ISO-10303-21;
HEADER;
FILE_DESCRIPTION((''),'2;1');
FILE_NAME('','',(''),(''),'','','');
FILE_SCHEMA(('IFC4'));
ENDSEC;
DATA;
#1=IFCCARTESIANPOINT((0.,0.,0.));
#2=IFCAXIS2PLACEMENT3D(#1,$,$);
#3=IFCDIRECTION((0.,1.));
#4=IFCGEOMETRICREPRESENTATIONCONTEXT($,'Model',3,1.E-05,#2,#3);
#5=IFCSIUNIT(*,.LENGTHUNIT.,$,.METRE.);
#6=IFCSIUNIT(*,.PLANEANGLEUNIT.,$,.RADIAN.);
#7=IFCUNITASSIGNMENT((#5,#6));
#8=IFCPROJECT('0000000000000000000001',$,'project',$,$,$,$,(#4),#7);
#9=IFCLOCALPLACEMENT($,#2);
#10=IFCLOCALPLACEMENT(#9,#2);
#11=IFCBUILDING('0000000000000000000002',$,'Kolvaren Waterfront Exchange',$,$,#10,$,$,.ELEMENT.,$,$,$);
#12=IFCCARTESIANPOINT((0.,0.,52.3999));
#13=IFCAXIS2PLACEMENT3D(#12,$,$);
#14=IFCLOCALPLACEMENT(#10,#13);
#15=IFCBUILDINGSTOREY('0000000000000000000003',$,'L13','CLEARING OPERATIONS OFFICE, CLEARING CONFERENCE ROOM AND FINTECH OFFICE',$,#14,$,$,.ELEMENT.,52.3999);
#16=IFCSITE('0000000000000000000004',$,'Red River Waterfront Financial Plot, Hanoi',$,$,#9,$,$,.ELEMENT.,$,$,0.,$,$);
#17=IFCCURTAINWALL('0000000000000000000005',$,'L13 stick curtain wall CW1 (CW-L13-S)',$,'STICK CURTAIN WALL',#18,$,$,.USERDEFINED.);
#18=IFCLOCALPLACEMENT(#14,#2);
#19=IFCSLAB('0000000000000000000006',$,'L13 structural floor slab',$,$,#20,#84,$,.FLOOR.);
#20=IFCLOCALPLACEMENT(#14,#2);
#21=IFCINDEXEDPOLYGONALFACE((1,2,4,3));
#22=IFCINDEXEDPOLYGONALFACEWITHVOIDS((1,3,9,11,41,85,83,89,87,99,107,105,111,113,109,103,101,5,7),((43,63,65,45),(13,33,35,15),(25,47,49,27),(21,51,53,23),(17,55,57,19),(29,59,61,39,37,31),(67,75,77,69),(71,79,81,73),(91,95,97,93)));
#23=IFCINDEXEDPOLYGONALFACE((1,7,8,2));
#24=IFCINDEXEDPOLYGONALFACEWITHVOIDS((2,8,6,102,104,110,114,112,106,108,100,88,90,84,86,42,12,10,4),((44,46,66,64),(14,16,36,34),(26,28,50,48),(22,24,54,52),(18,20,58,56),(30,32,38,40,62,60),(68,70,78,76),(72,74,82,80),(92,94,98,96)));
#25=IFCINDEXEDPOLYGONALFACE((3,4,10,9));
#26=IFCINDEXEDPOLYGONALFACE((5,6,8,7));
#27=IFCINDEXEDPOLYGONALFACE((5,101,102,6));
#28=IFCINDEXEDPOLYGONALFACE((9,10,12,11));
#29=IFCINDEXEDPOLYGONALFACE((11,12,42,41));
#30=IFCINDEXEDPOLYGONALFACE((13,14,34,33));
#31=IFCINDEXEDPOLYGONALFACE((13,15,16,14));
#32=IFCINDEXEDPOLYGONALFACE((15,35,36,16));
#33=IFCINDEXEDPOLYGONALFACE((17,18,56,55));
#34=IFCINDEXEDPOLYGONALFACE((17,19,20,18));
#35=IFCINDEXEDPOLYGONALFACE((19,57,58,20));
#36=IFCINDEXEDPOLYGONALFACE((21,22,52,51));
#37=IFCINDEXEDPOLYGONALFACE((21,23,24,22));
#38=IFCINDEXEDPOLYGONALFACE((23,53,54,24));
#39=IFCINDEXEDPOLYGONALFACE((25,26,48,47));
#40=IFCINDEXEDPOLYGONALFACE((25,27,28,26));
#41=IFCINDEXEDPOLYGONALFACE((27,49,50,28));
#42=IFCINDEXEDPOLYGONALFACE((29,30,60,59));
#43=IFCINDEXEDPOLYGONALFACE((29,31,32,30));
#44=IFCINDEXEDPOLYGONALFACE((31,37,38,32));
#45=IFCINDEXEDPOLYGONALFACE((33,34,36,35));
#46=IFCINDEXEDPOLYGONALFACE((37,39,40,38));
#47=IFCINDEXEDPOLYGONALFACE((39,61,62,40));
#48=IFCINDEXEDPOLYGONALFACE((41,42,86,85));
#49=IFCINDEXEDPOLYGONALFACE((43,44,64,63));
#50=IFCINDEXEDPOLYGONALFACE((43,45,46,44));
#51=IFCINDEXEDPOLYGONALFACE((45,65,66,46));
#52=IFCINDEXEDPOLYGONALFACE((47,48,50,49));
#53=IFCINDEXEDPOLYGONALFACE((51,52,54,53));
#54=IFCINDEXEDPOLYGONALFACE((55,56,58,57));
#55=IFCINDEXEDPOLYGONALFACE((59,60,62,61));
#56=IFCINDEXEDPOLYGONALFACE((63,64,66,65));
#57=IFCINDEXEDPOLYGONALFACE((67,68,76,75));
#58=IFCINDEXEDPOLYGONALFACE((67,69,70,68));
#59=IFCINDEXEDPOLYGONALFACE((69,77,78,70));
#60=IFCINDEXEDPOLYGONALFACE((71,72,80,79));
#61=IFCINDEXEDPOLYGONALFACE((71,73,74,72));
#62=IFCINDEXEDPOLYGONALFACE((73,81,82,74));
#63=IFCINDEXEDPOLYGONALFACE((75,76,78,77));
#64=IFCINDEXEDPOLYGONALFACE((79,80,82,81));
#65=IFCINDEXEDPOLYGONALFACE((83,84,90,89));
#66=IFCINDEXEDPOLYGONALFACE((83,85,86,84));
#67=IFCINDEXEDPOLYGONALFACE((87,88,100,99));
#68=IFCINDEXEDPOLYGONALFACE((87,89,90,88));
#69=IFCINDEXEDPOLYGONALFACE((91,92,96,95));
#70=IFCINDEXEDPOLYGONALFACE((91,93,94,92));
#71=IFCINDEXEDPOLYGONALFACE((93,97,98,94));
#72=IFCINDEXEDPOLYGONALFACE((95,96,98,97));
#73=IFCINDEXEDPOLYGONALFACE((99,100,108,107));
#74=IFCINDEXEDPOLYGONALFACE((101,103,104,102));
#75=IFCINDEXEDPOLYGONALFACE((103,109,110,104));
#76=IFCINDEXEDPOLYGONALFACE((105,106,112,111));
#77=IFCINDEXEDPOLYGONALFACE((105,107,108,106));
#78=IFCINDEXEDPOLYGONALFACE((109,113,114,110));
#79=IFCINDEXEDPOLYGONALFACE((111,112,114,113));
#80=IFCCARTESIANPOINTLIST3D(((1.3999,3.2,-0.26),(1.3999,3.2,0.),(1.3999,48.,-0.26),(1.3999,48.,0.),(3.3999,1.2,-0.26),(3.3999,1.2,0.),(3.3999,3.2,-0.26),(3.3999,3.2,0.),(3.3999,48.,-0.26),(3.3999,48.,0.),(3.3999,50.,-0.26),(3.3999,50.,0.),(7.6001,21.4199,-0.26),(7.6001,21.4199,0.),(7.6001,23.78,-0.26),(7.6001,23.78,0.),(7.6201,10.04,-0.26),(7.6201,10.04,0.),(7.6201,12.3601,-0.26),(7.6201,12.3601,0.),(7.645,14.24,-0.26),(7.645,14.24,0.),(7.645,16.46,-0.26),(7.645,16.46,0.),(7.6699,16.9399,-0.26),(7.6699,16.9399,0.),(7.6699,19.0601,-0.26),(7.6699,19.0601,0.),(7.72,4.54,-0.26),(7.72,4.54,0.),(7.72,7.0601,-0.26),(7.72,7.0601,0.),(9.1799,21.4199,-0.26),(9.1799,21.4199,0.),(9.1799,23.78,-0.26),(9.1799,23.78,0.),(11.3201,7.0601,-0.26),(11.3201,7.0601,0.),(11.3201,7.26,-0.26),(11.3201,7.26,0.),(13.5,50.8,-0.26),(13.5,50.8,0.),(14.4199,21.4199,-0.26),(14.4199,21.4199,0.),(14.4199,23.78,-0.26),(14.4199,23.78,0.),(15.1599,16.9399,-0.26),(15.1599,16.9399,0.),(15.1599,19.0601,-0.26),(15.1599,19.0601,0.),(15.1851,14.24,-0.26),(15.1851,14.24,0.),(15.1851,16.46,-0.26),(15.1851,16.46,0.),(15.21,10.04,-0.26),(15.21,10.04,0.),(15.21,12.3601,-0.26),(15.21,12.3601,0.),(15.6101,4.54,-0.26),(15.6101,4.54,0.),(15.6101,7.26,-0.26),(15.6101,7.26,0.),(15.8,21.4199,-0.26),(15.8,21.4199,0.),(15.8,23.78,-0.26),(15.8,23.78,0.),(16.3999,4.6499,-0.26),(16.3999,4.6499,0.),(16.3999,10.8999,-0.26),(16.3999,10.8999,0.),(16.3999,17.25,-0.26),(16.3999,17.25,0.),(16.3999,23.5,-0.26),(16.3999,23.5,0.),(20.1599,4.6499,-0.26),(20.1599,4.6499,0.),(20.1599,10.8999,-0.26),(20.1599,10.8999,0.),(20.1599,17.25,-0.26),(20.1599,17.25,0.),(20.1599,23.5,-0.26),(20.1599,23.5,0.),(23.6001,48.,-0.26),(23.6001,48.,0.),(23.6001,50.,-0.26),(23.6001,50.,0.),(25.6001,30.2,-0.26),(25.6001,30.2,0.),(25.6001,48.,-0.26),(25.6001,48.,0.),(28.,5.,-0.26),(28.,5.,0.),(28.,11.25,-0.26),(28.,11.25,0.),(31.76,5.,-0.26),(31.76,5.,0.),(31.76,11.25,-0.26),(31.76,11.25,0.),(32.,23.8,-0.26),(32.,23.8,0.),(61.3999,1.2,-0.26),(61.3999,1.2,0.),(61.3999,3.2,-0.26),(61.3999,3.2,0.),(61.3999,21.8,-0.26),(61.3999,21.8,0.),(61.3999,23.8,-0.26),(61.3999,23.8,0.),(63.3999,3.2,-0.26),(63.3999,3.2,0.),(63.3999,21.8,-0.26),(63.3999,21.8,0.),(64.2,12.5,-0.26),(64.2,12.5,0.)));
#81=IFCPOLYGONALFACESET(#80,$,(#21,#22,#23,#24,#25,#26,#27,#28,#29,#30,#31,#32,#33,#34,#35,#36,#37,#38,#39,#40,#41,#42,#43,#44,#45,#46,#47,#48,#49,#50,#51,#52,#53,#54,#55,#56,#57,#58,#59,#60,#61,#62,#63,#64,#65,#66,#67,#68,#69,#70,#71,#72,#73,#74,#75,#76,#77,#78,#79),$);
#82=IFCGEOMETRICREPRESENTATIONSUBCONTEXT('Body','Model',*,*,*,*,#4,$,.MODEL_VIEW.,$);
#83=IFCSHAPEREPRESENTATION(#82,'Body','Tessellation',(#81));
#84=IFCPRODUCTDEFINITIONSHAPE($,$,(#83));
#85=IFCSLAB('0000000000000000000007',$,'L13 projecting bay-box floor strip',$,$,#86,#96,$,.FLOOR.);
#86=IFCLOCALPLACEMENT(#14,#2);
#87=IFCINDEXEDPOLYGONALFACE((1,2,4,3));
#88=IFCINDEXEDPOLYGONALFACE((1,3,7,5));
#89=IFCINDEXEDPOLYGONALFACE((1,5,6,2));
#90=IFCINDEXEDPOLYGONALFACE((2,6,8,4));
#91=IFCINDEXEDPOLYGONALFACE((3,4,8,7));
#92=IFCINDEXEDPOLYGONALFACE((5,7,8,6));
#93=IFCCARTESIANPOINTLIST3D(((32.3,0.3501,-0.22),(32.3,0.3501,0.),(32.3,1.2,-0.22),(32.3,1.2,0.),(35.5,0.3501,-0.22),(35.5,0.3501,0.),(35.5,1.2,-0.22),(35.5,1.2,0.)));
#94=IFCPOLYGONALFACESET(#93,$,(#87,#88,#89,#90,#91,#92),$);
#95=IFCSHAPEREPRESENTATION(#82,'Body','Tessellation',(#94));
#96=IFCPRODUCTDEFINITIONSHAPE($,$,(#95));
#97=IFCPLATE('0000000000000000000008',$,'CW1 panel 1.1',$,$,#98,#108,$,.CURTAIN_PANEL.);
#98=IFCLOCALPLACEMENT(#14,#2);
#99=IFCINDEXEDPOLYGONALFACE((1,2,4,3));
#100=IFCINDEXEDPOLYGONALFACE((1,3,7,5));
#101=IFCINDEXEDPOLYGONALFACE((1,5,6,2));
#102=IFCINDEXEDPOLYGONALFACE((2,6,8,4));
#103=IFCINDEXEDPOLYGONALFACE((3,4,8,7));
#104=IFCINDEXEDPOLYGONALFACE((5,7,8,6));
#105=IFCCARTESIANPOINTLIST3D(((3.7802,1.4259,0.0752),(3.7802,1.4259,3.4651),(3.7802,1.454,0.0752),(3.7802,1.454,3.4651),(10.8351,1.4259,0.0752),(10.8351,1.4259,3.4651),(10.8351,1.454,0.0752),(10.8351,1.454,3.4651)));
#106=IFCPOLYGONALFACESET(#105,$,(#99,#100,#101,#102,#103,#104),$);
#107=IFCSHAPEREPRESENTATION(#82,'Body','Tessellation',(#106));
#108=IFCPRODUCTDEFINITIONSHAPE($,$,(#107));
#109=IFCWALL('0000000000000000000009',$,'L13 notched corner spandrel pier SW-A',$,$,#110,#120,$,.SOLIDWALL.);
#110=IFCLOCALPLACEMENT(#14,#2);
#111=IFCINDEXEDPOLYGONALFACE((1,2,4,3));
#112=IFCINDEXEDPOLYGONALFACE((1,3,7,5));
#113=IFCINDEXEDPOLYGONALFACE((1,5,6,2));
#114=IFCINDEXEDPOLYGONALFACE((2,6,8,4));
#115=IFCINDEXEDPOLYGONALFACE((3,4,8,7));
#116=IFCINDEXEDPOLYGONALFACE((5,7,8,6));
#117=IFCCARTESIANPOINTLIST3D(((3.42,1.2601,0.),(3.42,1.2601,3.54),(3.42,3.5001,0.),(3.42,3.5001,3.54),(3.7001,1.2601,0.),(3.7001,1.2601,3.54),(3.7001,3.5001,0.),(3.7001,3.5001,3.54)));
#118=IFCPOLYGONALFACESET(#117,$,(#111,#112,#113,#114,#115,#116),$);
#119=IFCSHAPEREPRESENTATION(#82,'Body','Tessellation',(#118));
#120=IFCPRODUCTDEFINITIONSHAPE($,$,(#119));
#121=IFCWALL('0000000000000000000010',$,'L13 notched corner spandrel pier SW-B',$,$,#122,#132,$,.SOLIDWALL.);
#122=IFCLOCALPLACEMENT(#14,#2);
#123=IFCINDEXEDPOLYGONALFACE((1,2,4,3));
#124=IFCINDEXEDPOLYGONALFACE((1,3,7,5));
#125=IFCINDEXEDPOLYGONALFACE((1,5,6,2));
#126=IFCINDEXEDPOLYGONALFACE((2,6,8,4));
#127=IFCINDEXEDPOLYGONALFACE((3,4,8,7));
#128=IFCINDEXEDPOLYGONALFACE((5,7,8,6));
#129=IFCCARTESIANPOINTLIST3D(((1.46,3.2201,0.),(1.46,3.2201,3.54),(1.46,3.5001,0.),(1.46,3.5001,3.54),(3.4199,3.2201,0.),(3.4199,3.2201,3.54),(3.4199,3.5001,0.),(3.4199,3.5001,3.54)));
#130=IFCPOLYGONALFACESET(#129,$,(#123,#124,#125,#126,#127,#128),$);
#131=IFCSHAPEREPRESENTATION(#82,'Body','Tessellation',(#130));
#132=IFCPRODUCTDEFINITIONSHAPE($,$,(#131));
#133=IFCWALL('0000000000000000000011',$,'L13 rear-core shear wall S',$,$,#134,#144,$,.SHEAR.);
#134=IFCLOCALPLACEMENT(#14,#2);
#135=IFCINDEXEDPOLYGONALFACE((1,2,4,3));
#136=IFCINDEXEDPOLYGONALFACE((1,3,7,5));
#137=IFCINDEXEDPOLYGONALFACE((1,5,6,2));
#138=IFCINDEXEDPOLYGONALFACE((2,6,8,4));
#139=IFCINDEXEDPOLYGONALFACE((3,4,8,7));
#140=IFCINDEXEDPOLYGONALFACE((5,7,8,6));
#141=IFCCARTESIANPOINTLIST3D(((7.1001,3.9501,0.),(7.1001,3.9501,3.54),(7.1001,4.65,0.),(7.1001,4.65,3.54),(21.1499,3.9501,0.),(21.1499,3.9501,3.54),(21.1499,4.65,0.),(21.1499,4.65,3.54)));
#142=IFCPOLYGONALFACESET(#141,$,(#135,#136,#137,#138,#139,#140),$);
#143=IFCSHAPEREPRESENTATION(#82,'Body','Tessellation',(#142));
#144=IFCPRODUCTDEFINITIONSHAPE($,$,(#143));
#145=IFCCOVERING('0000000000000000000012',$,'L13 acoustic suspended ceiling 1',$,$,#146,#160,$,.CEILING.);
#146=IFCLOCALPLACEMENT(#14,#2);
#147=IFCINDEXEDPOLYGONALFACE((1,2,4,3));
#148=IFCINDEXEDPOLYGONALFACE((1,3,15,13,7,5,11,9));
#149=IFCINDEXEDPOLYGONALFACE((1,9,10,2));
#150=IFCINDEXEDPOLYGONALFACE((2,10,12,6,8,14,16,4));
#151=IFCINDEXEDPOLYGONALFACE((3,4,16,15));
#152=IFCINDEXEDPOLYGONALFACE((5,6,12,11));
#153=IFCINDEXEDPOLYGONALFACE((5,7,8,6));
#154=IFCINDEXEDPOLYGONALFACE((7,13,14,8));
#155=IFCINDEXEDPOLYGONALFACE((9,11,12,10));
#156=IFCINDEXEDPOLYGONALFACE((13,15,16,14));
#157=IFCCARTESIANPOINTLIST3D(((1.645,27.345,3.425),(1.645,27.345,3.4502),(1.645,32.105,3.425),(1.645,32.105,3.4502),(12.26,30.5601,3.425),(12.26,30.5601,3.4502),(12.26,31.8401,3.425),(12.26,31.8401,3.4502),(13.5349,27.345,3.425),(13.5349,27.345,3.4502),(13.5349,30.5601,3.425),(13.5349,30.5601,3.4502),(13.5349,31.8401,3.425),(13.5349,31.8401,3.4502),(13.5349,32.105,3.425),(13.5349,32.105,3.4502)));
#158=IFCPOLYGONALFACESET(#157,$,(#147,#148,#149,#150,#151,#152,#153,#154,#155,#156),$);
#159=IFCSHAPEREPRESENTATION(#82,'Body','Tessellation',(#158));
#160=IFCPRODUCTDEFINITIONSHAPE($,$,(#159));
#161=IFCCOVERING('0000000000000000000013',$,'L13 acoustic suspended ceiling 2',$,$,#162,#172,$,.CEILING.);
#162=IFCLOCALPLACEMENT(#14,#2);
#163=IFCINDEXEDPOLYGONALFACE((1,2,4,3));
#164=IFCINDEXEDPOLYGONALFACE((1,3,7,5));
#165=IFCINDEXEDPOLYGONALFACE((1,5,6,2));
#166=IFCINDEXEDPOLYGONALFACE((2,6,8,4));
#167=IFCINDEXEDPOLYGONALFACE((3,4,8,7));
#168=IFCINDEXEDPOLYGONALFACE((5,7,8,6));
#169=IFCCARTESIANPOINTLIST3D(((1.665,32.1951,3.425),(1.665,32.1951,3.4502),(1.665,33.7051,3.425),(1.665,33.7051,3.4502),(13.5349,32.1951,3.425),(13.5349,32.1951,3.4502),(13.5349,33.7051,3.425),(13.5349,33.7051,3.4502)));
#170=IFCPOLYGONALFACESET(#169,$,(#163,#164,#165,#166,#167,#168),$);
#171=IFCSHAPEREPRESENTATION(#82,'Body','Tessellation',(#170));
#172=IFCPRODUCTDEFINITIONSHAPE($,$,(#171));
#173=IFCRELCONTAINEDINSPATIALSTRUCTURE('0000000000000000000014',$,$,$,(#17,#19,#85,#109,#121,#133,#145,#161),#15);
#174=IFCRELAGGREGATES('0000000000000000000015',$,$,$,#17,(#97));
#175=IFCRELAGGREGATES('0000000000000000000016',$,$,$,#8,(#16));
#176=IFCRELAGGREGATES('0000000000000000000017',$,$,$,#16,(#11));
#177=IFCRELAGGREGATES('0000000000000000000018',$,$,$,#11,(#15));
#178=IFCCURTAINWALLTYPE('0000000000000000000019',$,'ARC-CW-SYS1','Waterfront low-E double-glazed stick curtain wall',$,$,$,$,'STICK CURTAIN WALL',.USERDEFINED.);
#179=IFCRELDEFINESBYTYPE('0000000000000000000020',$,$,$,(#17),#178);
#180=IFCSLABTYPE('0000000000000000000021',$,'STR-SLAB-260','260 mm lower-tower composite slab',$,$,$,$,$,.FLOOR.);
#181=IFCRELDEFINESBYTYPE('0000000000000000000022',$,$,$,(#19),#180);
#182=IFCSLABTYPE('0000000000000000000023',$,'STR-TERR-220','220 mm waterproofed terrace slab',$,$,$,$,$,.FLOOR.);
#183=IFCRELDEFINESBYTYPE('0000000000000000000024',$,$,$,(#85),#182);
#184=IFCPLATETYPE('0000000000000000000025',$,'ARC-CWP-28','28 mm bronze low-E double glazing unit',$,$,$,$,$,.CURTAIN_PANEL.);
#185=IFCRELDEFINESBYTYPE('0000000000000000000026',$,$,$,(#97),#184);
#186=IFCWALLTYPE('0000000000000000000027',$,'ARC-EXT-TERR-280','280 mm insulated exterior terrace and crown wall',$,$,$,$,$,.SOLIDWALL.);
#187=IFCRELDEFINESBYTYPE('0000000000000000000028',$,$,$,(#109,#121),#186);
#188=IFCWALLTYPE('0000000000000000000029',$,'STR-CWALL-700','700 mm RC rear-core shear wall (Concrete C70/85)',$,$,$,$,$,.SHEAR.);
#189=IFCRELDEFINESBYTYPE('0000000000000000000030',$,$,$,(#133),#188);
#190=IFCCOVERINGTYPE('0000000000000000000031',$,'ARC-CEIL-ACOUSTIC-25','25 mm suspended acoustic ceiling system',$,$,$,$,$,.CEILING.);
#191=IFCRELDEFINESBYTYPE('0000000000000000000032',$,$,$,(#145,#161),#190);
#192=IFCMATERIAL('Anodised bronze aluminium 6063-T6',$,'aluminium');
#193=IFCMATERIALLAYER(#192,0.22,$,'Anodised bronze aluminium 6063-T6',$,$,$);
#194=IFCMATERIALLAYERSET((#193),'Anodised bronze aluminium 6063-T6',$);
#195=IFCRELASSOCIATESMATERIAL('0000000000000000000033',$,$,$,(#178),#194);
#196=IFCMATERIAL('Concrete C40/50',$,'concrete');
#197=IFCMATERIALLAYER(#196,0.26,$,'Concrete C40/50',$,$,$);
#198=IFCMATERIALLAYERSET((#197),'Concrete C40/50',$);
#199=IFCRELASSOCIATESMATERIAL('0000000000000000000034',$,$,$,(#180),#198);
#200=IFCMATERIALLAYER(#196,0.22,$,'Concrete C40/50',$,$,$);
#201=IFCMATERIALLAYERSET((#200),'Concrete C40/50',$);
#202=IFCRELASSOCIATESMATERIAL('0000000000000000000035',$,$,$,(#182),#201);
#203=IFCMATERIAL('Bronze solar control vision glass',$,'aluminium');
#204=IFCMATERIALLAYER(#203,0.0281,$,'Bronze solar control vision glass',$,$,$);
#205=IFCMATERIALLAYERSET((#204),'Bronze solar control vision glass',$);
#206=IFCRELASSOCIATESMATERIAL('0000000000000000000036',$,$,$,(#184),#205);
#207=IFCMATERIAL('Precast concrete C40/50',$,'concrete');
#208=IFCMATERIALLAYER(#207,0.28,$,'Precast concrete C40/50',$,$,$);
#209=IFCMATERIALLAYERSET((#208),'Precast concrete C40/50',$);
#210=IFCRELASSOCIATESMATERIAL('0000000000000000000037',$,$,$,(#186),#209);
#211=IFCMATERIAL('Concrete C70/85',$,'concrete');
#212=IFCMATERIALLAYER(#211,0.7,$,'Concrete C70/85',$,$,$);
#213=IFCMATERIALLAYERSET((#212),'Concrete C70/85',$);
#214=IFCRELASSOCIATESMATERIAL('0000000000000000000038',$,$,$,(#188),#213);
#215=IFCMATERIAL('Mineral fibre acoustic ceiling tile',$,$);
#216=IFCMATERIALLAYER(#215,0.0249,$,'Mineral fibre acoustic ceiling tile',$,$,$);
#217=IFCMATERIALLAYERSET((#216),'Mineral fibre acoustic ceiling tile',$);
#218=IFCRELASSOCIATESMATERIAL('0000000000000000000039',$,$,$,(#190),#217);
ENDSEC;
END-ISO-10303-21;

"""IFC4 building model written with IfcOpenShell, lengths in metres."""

from ifc_helpers import new_model, si_unit, direction, frame, frame_2d, origin, origin_with_axes, origin_2d, place, context, subcontext, project, spatial, polyline, rectangle, outline, extrude, source, transform, mapped, material, layer, layer_set, type_object, element, aggregate, save


model = new_model("IFC4")

# Units and contexts
model_context = context("Model", 3, precision=1e-05, world=origin(), true_north=direction((0.0, 1.0)))
body_context = subcontext(model_context, "Body", "Model", "MODEL_VIEW")
ifc_project = project(units=[si_unit("LENGTHUNIT", "METRE"), si_unit("PLANEANGLEUNIT", "RADIAN")], contexts=[model_context])

# Site, building, storey
site_placement = place(None, origin())
site = spatial("IfcSite", under=ifc_project, at=site_placement, Name="Red River Waterfront Financial Plot, Hanoi", CompositionType="ELEMENT", RefElevation=0.0)
building_placement = place(site_placement, origin())
building = spatial("IfcBuilding", under=site, at=building_placement, Name="Kolvaren Waterfront Exchange", CompositionType="ELEMENT")
storey_placement = place(building_placement, frame((0.0, 0.0, 52.3999)))
storey = spatial("IfcBuildingStorey", under=building, at=storey_placement, Name="L13", Description="CLEARING OPERATIONS OFFICE, CLEARING CONFERENCE ROOM AND FINTECH OFFICE", CompositionType="ELEMENT", Elevation=52.3999)

# Curtain wall
ifc_material_1 = material(Name="Anodised bronze aluminium 6063-T6", Category="aluminium")
ifc_layer_1 = layer(ifc_material_1, 0.22, Name="Anodised bronze aluminium 6063-T6")
ifc_layer_set_1 = layer_set([ifc_layer_1], Name="Anodised bronze aluminium 6063-T6")
curtain_wall_type_1 = type_object("IfcCurtainWallType", Name="ARC-CW-SYS1", Description="Waterfront low-E double-glazed stick curtain wall", ElementType="STICK CURTAIN WALL", PredefinedType="USERDEFINED", material=ifc_layer_set_1)
curtain_wall_1_placement = place(storey_placement, origin())
curtain_wall_1 = element("IfcCurtainWall", 1, at=curtain_wall_1_placement, inside=storey, type_object=curtain_wall_type_1, Name="L13 stick curtain wall CW1 (CW-L13-S)", ObjectType="STICK CURTAIN WALL", PredefinedType="USERDEFINED")

# Shared definitions
ifc_material_2 = material(Name="Concrete C40/50", Category="concrete")

# Slabs
ifc_layer_2 = layer(ifc_material_2, 0.26, Name="Concrete C40/50")
ifc_layer_set_2 = layer_set([ifc_layer_2], Name="Concrete C40/50")
slab_type_1 = type_object("IfcSlabType", Name="STR-SLAB-260", Description="260 mm lower-tower composite slab", PredefinedType="FLOOR", material=ifc_layer_set_2)
slab_1_placement = place(storey_placement, frame((0.0, 0.0, -0.26)))
element("IfcSlab", 2, at=slab_1_placement, inside=storey, type_object=slab_type_1, Name="L13 structural floor slab", PredefinedType="FLOOR", context=body_context, shape_type="SweptSolid", body=[
    extrude(outline(polyline([(3.3999, 1.2), (61.3999, 1.2), (61.3999, 3.2), (63.3999, 3.2), (64.2, 12.5), (63.3999, 21.8), (61.3999, 21.8), (61.3999, 23.8), (32.0, 23.8), (25.6001, 30.2), (25.6001, 48.0), (23.6001, 48.0), (23.6001, 50.0), (13.5, 50.8), (3.3999, 50.0), (3.3999, 48.0), (1.3999, 48.0), (1.3999, 3.2), (3.3999, 3.2), (3.3999, 1.2)]), holes=[polyline([(11.3201, 7.26), (15.6101, 7.26), (15.6101, 4.54), (7.72, 4.54), (7.72, 7.0601), (11.3201, 7.0601), (11.3201, 7.26)]), polyline([(20.1599, 4.6499), (16.3999, 4.6499), (16.3999, 10.8999), (20.1599, 10.8999), (20.1599, 4.6499)]), polyline([(31.76, 5.0), (28.0, 5.0), (28.0, 11.25), (31.76, 11.25), (31.76, 5.0)]), polyline([(15.21, 10.04), (7.6201, 10.04), (7.6201, 12.3601), (15.21, 12.3601), (15.21, 10.04)]), polyline([(7.645, 16.46), (15.1851, 16.46), (15.1851, 14.24), (7.645, 14.24), (7.645, 16.46)]), polyline([(15.1599, 16.9399), (7.6699, 16.9399), (7.6699, 19.0601), (15.1599, 19.0601), (15.1599, 16.9399)]), polyline([(16.3999, 23.5), (20.1599, 23.5), (20.1599, 17.25), (16.3999, 17.25), (16.3999, 23.5)]), polyline([(7.6001, 23.78), (9.1799, 23.78), (9.1799, 21.4199), (7.6001, 21.4199), (7.6001, 23.78)]), polyline([(15.8, 23.78), (15.8, 21.4199), (14.4199, 21.4199), (14.4199, 23.78), (15.8, 23.78)])]), origin(), (0.0, 0.0, 1.0), 0.26),
])
ifc_layer_3 = layer(ifc_material_2, 0.22, Name="Concrete C40/50")
ifc_layer_set_3 = layer_set([ifc_layer_3], Name="Concrete C40/50")
slab_type_2 = type_object("IfcSlabType", Name="STR-TERR-220", Description="220 mm waterproofed terrace slab", PredefinedType="FLOOR", material=ifc_layer_set_3)
slab_2_placement = place(storey_placement, frame((0.0, 0.0, -0.22)))
element("IfcSlab", 3, at=slab_2_placement, inside=storey, type_object=slab_type_2, Name="L13 projecting bay-box floor strip", PredefinedType="FLOOR", context=body_context, shape_type="SweptSolid", body=[
    extrude(outline(polyline([(32.3, 0.3501), (35.5, 0.3501), (35.5, 1.2), (32.3, 1.2), (32.3, 0.3501)])), origin(), (0.0, 0.0, 1.0), 0.22),
])

# Plate
ifc_material_3 = material(Name="Bronze solar control vision glass", Category="aluminium")
ifc_layer_4 = layer(ifc_material_3, 0.0281, Name="Bronze solar control vision glass")
ifc_layer_set_4 = layer_set([ifc_layer_4], Name="Bronze solar control vision glass")
plate_type = type_object("IfcPlateType", Name="ARC-CWP-28", Description="28 mm bronze low-E double glazing unit", PredefinedType="CURTAIN_PANEL", material=ifc_layer_set_4)
shared_shape_1 = source(origin_with_axes(), body_context, "Body", "SweptSolid", [
    extrude(rectangle(XDim=7.0549, YDim=0.0281, at=origin_2d()), origin(), (0.0, 0.0, 1.0), 3.3899),
])
plate_placement = place(storey_placement, frame((7.3076, 1.4399, 0.0752), z_axis=(0.0, 0.0, 1.0), x_axis=(1.0, 0.0, 0.0)))
plate = element("IfcPlate", 4, at=plate_placement, type_object=plate_type, Name="CW1 panel 1.1", PredefinedType="CURTAIN_PANEL", context=body_context, shape_type="MappedRepresentation", body=[
    mapped(shared_shape_1, transform((0.0, 0.0, 0.0), x_axis=(1.0, 0.0, 0.0), y_axis=(0.0, 1.0, 0.0), z_axis=(0.0, 0.0, 1.0), scale=1.0)),
])
aggregate(curtain_wall_1, [plate])

# Walls
ifc_material_4 = material(Name="Precast concrete C40/50", Category="concrete")
ifc_layer_5 = layer(ifc_material_4, 0.28, Name="Precast concrete C40/50")
ifc_layer_set_5 = layer_set([ifc_layer_5], Name="Precast concrete C40/50")
wall_type_1 = type_object("IfcWallType", Name="ARC-EXT-TERR-280", Description="280 mm insulated exterior terrace and crown wall", PredefinedType="SOLIDWALL", material=ifc_layer_set_5)
wall_1_placement = place(storey_placement, frame((3.5601, 1.26, 0.0), z_axis=(0.0, 0.0, 1.0), x_axis=(0.0, 1.0, 0.0)))
element("IfcWall", 5, at=wall_1_placement, inside=storey, type_object=wall_type_1, Name="L13 notched corner spandrel pier SW-A", PredefinedType="SOLIDWALL", context=body_context, shape_type="SweptSolid", body=[
    extrude(rectangle(XDim=2.24, YDim=0.28, at=frame_2d((1.1201, 0.0))), origin(), (0.0, 0.0, 1.0), 3.54),
])
wall_2_placement = place(storey_placement, frame((1.46, 3.3601, 0.0), z_axis=(0.0, 0.0, 1.0), x_axis=(1.0, 0.0, 0.0)))
element("IfcWall", 6, at=wall_2_placement, inside=storey, type_object=wall_type_1, Name="L13 notched corner spandrel pier SW-B", PredefinedType="SOLIDWALL", context=body_context, shape_type="SweptSolid", body=[
    extrude(rectangle(XDim=1.96, YDim=0.28, at=frame_2d((0.98, 0.0))), origin(), (0.0, 0.0, 1.0), 3.54),
])
ifc_material_5 = material(Name="Concrete C70/85", Category="concrete")
ifc_layer_6 = layer(ifc_material_5, 0.7, Name="Concrete C70/85")
ifc_layer_set_6 = layer_set([ifc_layer_6], Name="Concrete C70/85")
wall_type_2 = type_object("IfcWallType", Name="STR-CWALL-700", Description="700 mm RC rear-core shear wall (Concrete C70/85)", PredefinedType="SHEAR", material=ifc_layer_set_6)
wall_3_placement = place(storey_placement, frame((7.1001, 4.3, 0.0), z_axis=(0.0, 0.0, 1.0), x_axis=(1.0, 0.0, 0.0)))
element("IfcWall", 7, at=wall_3_placement, inside=storey, type_object=wall_type_2, Name="L13 rear-core shear wall S", PredefinedType="SHEAR", context=body_context, shape_type="SweptSolid", body=[
    extrude(rectangle(XDim=14.0498, YDim=0.7, at=frame_2d((7.0249, 0.0))), origin(), (0.0, 0.0, 1.0), 3.54),
])

# Coverings
ifc_material_6 = material(Name="Mineral fibre acoustic ceiling tile")
ifc_layer_7 = layer(ifc_material_6, 0.0249, Name="Mineral fibre acoustic ceiling tile")
ifc_layer_set_7 = layer_set([ifc_layer_7], Name="Mineral fibre acoustic ceiling tile")
covering_type_1 = type_object("IfcCoveringType", Name="ARC-CEIL-ACOUSTIC-25", Description="25 mm suspended acoustic ceiling system", PredefinedType="CEILING", material=ifc_layer_set_7)
covering_1_placement = place(storey_placement, frame((0.0, 0.0, 3.425)))
element("IfcCovering", 8, at=covering_1_placement, inside=storey, type_object=covering_type_1, Name="L13 acoustic suspended ceiling 1", PredefinedType="CEILING", context=body_context, shape_type="SweptSolid", body=[
    extrude(outline(polyline([(13.5349, 30.5601), (12.26, 30.5601), (12.26, 31.8401), (13.5349, 31.8401), (13.5349, 32.105), (1.645, 32.105), (1.645, 27.345), (13.5349, 27.345), (13.5349, 30.5601)])), origin(), (0.0, 0.0, 1.0), 0.0251),
])
covering_2_placement = place(storey_placement, frame((0.0, 0.0, 3.425)))
element("IfcCovering", 9, at=covering_2_placement, inside=storey, type_object=covering_type_1, Name="L13 acoustic suspended ceiling 2", PredefinedType="CEILING", context=body_context, shape_type="SweptSolid", body=[
    extrude(outline(polyline([(13.5349, 32.1951), (13.5349, 33.7051), (1.665, 33.7051), (1.665, 32.1951), (13.5349, 32.1951)])), origin(), (0.0, 0.0, 1.0), 0.0251),
])

save(model, "model.ifc")
